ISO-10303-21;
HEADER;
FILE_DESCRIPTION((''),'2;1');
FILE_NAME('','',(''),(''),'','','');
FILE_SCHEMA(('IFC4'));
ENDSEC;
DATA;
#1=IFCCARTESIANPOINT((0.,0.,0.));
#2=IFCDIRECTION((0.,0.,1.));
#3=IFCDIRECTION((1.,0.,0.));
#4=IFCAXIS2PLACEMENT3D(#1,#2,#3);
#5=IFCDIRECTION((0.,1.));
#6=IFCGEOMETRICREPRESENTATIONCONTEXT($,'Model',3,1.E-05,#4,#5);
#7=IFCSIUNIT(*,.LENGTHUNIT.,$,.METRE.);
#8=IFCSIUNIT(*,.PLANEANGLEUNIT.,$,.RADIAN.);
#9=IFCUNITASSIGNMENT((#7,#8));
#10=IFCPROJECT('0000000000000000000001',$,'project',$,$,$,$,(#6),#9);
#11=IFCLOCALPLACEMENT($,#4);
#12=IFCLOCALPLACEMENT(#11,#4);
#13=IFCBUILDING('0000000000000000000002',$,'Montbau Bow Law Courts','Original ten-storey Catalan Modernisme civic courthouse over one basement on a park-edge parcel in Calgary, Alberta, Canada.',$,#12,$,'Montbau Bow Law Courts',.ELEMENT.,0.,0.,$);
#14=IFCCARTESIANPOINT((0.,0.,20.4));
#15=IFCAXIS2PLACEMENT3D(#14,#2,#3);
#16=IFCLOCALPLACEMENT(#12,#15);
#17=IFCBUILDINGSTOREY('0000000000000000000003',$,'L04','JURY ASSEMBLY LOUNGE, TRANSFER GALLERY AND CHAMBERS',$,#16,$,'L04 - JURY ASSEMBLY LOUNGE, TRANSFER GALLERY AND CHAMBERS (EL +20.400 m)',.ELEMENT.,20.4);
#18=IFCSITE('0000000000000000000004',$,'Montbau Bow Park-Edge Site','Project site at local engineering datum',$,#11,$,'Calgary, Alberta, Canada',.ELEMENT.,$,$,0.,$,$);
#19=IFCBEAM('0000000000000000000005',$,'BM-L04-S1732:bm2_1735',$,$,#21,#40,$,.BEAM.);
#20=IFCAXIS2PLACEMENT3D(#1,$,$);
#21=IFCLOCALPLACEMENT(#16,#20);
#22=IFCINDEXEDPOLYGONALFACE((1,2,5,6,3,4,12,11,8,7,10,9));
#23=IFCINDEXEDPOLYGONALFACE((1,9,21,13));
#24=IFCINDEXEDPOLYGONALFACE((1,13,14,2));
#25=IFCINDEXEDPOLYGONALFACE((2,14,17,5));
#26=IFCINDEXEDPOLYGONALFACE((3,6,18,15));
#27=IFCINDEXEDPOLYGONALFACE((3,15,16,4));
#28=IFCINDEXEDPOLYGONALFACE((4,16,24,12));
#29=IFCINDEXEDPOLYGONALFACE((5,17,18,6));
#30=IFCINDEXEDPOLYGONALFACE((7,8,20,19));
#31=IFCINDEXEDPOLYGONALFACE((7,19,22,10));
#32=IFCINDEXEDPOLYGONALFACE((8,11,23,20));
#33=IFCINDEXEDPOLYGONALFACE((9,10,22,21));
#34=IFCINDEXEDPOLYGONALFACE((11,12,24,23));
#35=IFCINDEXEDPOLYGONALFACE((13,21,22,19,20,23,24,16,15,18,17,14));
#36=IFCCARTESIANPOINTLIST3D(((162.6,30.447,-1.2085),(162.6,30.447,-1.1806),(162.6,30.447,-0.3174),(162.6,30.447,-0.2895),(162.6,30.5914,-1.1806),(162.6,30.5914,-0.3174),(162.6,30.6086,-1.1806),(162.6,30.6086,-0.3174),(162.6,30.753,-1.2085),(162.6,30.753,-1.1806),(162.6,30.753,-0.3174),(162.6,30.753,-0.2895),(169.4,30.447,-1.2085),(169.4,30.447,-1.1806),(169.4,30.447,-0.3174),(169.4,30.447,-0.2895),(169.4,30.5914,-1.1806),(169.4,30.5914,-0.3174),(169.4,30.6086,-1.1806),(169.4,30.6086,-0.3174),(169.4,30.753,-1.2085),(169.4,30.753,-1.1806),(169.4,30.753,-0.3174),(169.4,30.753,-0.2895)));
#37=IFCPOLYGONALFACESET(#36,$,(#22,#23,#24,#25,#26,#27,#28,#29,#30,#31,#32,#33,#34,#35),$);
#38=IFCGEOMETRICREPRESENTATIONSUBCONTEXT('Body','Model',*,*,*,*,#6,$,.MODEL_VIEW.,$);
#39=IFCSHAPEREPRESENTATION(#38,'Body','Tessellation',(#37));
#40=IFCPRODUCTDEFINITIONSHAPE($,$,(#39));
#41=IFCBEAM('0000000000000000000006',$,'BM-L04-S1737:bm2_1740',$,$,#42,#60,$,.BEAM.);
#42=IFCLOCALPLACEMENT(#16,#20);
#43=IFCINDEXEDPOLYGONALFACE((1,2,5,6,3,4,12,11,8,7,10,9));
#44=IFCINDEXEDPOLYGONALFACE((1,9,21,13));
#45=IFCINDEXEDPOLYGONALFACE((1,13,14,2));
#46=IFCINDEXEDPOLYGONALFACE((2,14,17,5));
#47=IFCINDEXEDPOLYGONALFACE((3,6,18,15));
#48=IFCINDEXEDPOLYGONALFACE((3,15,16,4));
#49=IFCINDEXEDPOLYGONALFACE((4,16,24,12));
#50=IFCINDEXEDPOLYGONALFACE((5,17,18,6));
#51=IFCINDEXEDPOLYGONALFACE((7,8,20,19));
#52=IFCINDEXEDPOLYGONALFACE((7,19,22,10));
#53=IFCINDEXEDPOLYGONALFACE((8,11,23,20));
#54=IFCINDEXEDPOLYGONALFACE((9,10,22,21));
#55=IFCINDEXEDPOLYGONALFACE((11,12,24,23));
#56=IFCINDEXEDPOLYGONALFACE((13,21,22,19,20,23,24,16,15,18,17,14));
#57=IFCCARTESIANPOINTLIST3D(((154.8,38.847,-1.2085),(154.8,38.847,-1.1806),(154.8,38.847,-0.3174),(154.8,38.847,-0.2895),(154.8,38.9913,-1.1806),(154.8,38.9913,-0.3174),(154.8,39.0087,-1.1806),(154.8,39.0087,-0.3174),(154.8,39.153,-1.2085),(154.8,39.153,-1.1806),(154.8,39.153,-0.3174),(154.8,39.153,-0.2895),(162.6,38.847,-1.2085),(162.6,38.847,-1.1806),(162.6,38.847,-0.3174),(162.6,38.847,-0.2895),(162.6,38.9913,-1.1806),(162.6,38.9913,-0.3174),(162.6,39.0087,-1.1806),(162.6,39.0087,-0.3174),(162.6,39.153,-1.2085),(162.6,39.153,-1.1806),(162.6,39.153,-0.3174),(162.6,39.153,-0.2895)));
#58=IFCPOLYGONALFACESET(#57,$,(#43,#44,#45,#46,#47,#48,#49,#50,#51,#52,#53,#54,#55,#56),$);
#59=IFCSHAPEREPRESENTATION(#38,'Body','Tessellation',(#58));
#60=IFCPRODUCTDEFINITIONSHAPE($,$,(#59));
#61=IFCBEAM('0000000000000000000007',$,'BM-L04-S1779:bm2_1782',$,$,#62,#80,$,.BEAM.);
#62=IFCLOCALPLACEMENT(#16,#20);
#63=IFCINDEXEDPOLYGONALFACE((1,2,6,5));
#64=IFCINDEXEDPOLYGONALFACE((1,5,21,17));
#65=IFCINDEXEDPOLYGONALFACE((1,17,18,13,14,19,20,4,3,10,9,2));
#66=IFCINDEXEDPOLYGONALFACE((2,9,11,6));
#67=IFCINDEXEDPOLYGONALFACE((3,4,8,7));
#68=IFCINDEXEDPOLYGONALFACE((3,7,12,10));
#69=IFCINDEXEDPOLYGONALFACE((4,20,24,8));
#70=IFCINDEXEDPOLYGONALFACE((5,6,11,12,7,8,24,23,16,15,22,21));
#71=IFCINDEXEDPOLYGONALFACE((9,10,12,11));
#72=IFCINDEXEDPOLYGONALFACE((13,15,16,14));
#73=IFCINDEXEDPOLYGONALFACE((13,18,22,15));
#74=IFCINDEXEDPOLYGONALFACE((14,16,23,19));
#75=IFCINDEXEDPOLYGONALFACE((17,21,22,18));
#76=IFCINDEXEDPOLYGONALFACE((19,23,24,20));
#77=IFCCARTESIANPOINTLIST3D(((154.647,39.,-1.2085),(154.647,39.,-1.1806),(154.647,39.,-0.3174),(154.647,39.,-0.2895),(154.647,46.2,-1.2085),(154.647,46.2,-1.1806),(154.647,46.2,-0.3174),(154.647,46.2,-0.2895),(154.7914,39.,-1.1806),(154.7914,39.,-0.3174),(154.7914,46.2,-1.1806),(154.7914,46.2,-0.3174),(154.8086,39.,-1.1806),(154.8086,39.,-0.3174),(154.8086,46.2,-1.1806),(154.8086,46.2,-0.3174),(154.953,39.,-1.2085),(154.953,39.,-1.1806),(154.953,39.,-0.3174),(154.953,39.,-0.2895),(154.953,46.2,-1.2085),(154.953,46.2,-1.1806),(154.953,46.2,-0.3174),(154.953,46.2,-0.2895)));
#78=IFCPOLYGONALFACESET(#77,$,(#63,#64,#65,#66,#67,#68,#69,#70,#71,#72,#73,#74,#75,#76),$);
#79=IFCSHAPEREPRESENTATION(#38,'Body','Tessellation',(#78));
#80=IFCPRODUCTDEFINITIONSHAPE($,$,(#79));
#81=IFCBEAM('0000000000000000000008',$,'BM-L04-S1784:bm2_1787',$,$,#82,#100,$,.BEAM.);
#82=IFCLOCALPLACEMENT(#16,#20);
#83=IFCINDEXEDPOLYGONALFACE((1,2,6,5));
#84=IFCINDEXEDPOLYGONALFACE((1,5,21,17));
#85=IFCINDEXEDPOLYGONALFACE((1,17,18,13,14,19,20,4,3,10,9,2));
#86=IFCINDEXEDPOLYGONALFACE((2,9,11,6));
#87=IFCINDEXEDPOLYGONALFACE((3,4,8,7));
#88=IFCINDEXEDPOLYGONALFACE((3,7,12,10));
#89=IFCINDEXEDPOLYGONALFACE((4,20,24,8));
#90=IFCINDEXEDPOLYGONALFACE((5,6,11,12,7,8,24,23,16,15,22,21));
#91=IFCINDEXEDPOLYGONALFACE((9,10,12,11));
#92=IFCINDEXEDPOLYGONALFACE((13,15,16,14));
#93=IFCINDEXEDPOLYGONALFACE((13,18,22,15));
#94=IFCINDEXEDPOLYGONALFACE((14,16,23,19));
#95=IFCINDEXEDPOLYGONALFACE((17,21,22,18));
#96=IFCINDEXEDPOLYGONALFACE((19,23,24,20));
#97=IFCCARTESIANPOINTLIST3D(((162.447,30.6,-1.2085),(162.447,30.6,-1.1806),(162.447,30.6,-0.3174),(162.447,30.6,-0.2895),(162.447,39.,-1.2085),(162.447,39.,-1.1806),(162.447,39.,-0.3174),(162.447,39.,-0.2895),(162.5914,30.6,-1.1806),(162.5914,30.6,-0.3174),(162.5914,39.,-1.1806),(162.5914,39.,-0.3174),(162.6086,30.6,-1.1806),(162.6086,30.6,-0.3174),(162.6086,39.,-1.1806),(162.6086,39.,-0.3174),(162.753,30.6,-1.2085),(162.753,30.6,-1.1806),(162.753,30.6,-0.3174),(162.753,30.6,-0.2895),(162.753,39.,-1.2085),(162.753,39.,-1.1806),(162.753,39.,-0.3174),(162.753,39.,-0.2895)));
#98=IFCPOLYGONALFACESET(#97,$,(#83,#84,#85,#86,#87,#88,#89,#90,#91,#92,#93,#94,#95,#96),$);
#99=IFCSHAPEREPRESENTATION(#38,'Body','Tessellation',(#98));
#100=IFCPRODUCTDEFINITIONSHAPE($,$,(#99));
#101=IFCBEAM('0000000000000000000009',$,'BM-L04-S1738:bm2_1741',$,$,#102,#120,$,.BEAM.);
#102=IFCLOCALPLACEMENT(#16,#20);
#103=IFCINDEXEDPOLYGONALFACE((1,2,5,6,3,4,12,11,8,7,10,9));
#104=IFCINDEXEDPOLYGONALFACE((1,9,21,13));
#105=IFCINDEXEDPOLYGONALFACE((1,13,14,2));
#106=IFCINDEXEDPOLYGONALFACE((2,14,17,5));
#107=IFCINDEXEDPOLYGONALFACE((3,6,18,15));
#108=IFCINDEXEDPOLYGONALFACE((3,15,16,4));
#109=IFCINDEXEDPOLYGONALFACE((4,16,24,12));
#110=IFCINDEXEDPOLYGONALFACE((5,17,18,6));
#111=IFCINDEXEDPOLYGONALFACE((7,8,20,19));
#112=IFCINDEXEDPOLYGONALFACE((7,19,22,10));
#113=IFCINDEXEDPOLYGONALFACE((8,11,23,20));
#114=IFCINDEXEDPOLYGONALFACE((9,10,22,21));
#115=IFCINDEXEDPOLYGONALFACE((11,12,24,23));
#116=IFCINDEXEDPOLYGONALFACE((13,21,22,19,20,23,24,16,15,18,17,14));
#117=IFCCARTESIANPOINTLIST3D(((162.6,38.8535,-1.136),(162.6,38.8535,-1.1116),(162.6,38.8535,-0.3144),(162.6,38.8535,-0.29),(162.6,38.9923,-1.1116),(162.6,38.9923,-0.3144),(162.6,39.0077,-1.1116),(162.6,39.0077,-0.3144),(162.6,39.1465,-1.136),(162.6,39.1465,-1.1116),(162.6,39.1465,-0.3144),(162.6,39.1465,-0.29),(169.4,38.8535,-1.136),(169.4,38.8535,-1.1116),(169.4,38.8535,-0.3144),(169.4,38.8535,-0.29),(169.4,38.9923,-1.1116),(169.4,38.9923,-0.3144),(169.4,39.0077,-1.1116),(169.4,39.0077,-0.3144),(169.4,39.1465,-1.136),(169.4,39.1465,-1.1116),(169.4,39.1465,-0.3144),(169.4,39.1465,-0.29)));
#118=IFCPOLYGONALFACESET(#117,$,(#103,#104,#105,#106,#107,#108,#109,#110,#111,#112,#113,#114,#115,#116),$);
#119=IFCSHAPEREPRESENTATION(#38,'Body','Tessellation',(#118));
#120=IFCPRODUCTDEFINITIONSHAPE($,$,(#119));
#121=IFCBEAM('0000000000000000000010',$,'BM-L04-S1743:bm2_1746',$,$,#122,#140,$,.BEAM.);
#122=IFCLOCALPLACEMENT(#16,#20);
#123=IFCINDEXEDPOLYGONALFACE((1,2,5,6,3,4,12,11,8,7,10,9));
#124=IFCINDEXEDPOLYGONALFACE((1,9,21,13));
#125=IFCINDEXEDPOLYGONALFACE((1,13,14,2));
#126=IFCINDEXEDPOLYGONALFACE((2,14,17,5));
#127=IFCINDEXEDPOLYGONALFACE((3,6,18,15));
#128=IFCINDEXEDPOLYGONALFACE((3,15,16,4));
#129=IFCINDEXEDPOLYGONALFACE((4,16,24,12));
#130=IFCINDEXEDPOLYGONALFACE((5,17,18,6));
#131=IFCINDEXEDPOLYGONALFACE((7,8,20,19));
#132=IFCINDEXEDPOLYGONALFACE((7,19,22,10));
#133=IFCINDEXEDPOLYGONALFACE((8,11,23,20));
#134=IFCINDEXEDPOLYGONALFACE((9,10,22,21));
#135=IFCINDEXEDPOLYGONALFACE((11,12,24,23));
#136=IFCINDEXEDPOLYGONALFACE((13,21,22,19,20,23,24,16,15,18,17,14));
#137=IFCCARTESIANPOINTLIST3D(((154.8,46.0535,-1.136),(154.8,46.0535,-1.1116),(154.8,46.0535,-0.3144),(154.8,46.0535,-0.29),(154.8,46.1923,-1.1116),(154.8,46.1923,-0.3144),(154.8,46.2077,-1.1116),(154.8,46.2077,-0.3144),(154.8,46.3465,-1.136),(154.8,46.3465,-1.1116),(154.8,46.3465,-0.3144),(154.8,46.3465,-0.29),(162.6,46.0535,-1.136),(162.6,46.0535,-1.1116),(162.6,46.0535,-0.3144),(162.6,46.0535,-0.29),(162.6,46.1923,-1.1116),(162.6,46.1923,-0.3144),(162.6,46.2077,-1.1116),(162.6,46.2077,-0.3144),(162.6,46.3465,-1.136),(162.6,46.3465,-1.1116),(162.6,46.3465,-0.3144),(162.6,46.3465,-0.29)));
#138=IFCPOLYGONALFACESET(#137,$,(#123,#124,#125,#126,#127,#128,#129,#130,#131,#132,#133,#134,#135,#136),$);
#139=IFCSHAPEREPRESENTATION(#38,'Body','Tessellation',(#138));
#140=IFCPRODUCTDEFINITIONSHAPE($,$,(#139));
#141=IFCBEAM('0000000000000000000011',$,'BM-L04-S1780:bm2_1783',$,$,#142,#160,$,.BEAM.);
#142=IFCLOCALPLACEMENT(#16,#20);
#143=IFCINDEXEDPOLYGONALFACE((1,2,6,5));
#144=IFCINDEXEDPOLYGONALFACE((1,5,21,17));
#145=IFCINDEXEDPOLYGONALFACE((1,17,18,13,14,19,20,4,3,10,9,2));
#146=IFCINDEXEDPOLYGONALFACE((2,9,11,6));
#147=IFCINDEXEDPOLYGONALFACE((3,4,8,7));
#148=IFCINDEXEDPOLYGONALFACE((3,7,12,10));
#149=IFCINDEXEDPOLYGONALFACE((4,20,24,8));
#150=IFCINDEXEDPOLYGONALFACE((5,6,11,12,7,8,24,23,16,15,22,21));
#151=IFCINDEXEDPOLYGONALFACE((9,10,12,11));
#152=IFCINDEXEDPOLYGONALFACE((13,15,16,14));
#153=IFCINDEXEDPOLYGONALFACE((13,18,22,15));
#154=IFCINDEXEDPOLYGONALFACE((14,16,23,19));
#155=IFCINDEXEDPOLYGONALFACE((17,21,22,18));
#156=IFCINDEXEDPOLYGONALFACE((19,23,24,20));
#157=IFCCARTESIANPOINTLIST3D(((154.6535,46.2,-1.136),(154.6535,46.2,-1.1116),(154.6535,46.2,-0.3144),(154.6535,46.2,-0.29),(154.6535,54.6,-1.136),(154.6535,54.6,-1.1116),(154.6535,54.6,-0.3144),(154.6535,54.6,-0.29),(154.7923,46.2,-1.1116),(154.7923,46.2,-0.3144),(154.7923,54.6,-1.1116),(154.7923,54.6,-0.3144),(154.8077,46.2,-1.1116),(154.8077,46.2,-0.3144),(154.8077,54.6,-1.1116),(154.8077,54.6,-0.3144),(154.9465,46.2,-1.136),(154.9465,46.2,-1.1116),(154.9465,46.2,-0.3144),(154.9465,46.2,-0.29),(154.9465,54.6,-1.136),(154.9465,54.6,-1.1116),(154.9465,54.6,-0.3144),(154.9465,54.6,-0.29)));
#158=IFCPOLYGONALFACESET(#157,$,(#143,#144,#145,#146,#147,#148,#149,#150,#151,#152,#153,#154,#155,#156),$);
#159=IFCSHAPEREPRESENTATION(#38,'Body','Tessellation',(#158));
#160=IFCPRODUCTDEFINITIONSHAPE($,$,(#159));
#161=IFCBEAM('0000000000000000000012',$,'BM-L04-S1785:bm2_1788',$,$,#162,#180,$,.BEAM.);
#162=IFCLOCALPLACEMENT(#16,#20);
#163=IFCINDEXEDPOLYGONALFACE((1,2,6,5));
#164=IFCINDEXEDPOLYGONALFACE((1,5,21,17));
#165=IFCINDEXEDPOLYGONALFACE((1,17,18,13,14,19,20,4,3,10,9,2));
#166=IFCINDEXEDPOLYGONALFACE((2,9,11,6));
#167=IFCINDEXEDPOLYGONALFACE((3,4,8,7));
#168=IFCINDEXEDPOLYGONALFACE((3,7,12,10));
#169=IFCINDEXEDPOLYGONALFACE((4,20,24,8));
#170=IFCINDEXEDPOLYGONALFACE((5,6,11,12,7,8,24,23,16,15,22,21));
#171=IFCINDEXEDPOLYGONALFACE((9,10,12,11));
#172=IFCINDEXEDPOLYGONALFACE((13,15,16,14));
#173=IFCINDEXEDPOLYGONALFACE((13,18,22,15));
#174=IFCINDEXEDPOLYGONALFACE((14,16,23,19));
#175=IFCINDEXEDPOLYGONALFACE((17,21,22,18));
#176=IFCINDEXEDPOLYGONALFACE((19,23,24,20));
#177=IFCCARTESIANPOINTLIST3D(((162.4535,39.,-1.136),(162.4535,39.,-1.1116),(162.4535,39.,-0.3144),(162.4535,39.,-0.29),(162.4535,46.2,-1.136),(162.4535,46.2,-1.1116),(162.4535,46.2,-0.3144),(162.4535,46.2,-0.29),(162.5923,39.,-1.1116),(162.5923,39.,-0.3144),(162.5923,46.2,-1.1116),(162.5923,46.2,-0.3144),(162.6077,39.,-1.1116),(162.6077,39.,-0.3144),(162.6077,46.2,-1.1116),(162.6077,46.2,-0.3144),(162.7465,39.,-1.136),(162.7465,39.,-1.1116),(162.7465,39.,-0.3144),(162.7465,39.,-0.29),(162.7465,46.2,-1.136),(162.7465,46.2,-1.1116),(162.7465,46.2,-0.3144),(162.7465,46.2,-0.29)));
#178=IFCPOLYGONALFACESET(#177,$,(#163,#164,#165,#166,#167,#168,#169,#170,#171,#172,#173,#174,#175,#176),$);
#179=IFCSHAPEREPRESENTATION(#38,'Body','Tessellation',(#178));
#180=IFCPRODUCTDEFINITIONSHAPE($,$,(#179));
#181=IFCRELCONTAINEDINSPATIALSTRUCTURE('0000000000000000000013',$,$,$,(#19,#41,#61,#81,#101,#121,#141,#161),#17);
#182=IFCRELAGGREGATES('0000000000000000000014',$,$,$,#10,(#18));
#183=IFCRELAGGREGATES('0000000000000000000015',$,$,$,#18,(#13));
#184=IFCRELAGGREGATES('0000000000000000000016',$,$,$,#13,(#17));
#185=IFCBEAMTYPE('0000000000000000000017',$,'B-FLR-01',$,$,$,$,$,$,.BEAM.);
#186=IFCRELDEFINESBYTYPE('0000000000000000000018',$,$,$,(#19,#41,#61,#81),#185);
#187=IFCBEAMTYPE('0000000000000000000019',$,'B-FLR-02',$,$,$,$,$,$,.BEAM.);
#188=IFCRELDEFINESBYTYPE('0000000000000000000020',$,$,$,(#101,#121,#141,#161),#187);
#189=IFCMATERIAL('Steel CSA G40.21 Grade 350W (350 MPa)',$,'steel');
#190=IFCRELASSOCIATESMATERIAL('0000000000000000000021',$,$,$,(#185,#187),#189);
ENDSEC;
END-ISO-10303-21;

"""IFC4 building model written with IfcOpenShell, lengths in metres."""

from ifc_helpers import new_model, si_unit, direction, frame, origin_with_axes, origin_2d_with_axis, place, context, subcontext, project, spatial, i_section, extrude, material, material_profile, profile_set, type_object, element, save


model = new_model("IFC4")

# Units and contexts
model_context = context("Model", 3, precision=1e-05, world=origin_with_axes(), true_north=direction((0.0, 1.0)))
body_context = subcontext(model_context, "Body", "Model", "MODEL_VIEW")
ifc_project = project(units=[si_unit("LENGTHUNIT", "METRE"), si_unit("PLANEANGLEUNIT", "RADIAN")], contexts=[model_context])

# Site, building, storey
site_placement = place(None, origin_with_axes())
site = spatial("IfcSite", under=ifc_project, at=site_placement, Name="Montbau Bow Park-Edge Site", Description="Project site at local engineering datum", LongName="Calgary, Alberta, Canada", CompositionType="ELEMENT", RefElevation=0.0)
building_placement = place(site_placement, origin_with_axes())
building = spatial("IfcBuilding", under=site, at=building_placement, Name="Montbau Bow Law Courts", Description="Original ten-storey Catalan Modernisme civic courthouse over one basement on a park-edge parcel in Calgary, Alberta, Canada.", LongName="Montbau Bow Law Courts", CompositionType="ELEMENT", ElevationOfRefHeight=0.0, ElevationOfTerrain=0.0)
storey_placement = place(building_placement, frame((0.0, 0.0, 20.4), z_axis=(0.0, 0.0, 1.0), x_axis=(1.0, 0.0, 0.0)))
storey = spatial("IfcBuildingStorey", under=building, at=storey_placement, Name="L04", Description="JURY ASSEMBLY LOUNGE, TRANSFER GALLERY AND CHAMBERS", LongName="L04 - JURY ASSEMBLY LOUNGE, TRANSFER GALLERY AND CHAMBERS (EL +20.400 m)", CompositionType="ELEMENT", Elevation=20.4)

# Beams
ifc_material_1 = material(Name="Steel CSA G40.21 Grade 350W (350 MPa)", Category="steel")
ifc_material_profile_1 = material_profile(ifc_material_1, i_section(OverallWidth=0.306, OverallDepth=0.919, WebThickness=0.0173, FlangeThickness=0.0279, at=origin_2d_with_axis()), Name="W920X253", Category="Main", Priority=0)
ifc_profile_set_1 = profile_set([ifc_material_profile_1], Name="Steel CSA G40.21 Grade 350W (350 MPa)")
beam_type_1 = type_object("IfcBeamType", Name="B-FLR-01", PredefinedType="BEAM", material=ifc_profile_set_1)
beam_1_placement = place(None, frame((162.6, 30.6, 19.651), z_axis=(1.0, 0.0, 0.0), x_axis=(0.0, 1.0, 0.0)))
element("IfcBeam", 1, at=beam_1_placement, inside=storey, type_object=beam_type_1, Name="BM-L04-S1732:bm2_1735", PredefinedType="BEAM", context=body_context, shape_type="SweptSolid", body=[
    extrude(i_section(OverallWidth=0.306, OverallDepth=0.919, WebThickness=0.0173, FlangeThickness=0.0279, at=origin_2d_with_axis()), origin_with_axes(), (0.0, 0.0, 1.0), 6.8),
])
beam_2_placement = place(None, frame((154.8, 39.0, 19.651), z_axis=(1.0, 0.0, 0.0), x_axis=(0.0, 1.0, 0.0)))
element("IfcBeam", 2, at=beam_2_placement, inside=storey, type_object=beam_type_1, Name="BM-L04-S1737:bm2_1740", PredefinedType="BEAM", context=body_context, shape_type="SweptSolid", body=[
    extrude(i_section(OverallWidth=0.306, OverallDepth=0.919, WebThickness=0.0173, FlangeThickness=0.0279, at=origin_2d_with_axis()), origin_with_axes(), (0.0, 0.0, 1.0), 7.8),
])
beam_3_placement = place(None, frame((154.8, 39.0, 19.651), z_axis=(0.0, 1.0, 0.0), x_axis=(-1.0, 0.0, 0.0)))
element("IfcBeam", 3, at=beam_3_placement, inside=storey, type_object=beam_type_1, Name="BM-L04-S1779:bm2_1782", PredefinedType="BEAM", context=body_context, shape_type="SweptSolid", body=[
    extrude(i_section(OverallWidth=0.306, OverallDepth=0.919, WebThickness=0.0173, FlangeThickness=0.0279, at=origin_2d_with_axis()), origin_with_axes(), (0.0, 0.0, 1.0), 7.2),
])
beam_4_placement = place(None, frame((162.6, 30.6, 19.651), z_axis=(0.0, 1.0, 0.0), x_axis=(-1.0, 0.0, 0.0)))
element("IfcBeam", 4, at=beam_4_placement, inside=storey, type_object=beam_type_1, Name="BM-L04-S1784:bm2_1787", PredefinedType="BEAM", context=body_context, shape_type="SweptSolid", body=[
    extrude(i_section(OverallWidth=0.306, OverallDepth=0.919, WebThickness=0.0173, FlangeThickness=0.0279, at=origin_2d_with_axis()), origin_with_axes(), (0.0, 0.0, 1.0), 8.4),
])
ifc_material_profile_2 = material_profile(ifc_material_1, i_section(OverallWidth=0.293, OverallDepth=0.846, WebThickness=0.0154, FlangeThickness=0.0244, at=origin_2d_with_axis()), Name="W840X210", Category="Main", Priority=0)
ifc_profile_set_2 = profile_set([ifc_material_profile_2], Name="Steel CSA G40.21 Grade 350W (350 MPa)")
beam_type_2 = type_object("IfcBeamType", Name="B-FLR-02", PredefinedType="BEAM", material=ifc_profile_set_2)
beam_5_placement = place(None, frame((162.6, 39.0, 19.687), z_axis=(1.0, 0.0, 0.0), x_axis=(0.0, 1.0, 0.0)))
element("IfcBeam", 5, at=beam_5_placement, inside=storey, type_object=beam_type_2, Name="BM-L04-S1738:bm2_1741", PredefinedType="BEAM", context=body_context, shape_type="SweptSolid", body=[
    extrude(i_section(OverallWidth=0.293, OverallDepth=0.846, WebThickness=0.0154, FlangeThickness=0.0244, at=origin_2d_with_axis()), origin_with_axes(), (0.0, 0.0, 1.0), 6.8),
])
beam_6_placement = place(None, frame((154.8, 46.2, 19.687), z_axis=(1.0, 0.0, 0.0), x_axis=(0.0, 1.0, 0.0)))
element("IfcBeam", 6, at=beam_6_placement, inside=storey, type_object=beam_type_2, Name="BM-L04-S1743:bm2_1746", PredefinedType="BEAM", context=body_context, shape_type="SweptSolid", body=[
    extrude(i_section(OverallWidth=0.293, OverallDepth=0.846, WebThickness=0.0154, FlangeThickness=0.0244, at=origin_2d_with_axis()), origin_with_axes(), (0.0, 0.0, 1.0), 7.8),
])
beam_7_placement = place(None, frame((154.8, 46.2, 19.687), z_axis=(0.0, 1.0, 0.0), x_axis=(-1.0, 0.0, 0.0)))
element("IfcBeam", 7, at=beam_7_placement, inside=storey, type_object=beam_type_2, Name="BM-L04-S1780:bm2_1783", PredefinedType="BEAM", context=body_context, shape_type="SweptSolid", body=[
    extrude(i_section(OverallWidth=0.293, OverallDepth=0.846, WebThickness=0.0154, FlangeThickness=0.0244, at=origin_2d_with_axis()), origin_with_axes(), (0.0, 0.0, 1.0), 8.4),
])
beam_8_placement = place(None, frame((162.6, 39.0, 19.687), z_axis=(0.0, 1.0, 0.0), x_axis=(-1.0, 0.0, 0.0)))
element("IfcBeam", 8, at=beam_8_placement, inside=storey, type_object=beam_type_2, Name="BM-L04-S1785:bm2_1788", PredefinedType="BEAM", context=body_context, shape_type="SweptSolid", body=[
    extrude(i_section(OverallWidth=0.293, OverallDepth=0.846, WebThickness=0.0154, FlangeThickness=0.0244, at=origin_2d_with_axis()), origin_with_axes(), (0.0, 0.0, 1.0), 7.2),
])

save(model, "model.ifc")
